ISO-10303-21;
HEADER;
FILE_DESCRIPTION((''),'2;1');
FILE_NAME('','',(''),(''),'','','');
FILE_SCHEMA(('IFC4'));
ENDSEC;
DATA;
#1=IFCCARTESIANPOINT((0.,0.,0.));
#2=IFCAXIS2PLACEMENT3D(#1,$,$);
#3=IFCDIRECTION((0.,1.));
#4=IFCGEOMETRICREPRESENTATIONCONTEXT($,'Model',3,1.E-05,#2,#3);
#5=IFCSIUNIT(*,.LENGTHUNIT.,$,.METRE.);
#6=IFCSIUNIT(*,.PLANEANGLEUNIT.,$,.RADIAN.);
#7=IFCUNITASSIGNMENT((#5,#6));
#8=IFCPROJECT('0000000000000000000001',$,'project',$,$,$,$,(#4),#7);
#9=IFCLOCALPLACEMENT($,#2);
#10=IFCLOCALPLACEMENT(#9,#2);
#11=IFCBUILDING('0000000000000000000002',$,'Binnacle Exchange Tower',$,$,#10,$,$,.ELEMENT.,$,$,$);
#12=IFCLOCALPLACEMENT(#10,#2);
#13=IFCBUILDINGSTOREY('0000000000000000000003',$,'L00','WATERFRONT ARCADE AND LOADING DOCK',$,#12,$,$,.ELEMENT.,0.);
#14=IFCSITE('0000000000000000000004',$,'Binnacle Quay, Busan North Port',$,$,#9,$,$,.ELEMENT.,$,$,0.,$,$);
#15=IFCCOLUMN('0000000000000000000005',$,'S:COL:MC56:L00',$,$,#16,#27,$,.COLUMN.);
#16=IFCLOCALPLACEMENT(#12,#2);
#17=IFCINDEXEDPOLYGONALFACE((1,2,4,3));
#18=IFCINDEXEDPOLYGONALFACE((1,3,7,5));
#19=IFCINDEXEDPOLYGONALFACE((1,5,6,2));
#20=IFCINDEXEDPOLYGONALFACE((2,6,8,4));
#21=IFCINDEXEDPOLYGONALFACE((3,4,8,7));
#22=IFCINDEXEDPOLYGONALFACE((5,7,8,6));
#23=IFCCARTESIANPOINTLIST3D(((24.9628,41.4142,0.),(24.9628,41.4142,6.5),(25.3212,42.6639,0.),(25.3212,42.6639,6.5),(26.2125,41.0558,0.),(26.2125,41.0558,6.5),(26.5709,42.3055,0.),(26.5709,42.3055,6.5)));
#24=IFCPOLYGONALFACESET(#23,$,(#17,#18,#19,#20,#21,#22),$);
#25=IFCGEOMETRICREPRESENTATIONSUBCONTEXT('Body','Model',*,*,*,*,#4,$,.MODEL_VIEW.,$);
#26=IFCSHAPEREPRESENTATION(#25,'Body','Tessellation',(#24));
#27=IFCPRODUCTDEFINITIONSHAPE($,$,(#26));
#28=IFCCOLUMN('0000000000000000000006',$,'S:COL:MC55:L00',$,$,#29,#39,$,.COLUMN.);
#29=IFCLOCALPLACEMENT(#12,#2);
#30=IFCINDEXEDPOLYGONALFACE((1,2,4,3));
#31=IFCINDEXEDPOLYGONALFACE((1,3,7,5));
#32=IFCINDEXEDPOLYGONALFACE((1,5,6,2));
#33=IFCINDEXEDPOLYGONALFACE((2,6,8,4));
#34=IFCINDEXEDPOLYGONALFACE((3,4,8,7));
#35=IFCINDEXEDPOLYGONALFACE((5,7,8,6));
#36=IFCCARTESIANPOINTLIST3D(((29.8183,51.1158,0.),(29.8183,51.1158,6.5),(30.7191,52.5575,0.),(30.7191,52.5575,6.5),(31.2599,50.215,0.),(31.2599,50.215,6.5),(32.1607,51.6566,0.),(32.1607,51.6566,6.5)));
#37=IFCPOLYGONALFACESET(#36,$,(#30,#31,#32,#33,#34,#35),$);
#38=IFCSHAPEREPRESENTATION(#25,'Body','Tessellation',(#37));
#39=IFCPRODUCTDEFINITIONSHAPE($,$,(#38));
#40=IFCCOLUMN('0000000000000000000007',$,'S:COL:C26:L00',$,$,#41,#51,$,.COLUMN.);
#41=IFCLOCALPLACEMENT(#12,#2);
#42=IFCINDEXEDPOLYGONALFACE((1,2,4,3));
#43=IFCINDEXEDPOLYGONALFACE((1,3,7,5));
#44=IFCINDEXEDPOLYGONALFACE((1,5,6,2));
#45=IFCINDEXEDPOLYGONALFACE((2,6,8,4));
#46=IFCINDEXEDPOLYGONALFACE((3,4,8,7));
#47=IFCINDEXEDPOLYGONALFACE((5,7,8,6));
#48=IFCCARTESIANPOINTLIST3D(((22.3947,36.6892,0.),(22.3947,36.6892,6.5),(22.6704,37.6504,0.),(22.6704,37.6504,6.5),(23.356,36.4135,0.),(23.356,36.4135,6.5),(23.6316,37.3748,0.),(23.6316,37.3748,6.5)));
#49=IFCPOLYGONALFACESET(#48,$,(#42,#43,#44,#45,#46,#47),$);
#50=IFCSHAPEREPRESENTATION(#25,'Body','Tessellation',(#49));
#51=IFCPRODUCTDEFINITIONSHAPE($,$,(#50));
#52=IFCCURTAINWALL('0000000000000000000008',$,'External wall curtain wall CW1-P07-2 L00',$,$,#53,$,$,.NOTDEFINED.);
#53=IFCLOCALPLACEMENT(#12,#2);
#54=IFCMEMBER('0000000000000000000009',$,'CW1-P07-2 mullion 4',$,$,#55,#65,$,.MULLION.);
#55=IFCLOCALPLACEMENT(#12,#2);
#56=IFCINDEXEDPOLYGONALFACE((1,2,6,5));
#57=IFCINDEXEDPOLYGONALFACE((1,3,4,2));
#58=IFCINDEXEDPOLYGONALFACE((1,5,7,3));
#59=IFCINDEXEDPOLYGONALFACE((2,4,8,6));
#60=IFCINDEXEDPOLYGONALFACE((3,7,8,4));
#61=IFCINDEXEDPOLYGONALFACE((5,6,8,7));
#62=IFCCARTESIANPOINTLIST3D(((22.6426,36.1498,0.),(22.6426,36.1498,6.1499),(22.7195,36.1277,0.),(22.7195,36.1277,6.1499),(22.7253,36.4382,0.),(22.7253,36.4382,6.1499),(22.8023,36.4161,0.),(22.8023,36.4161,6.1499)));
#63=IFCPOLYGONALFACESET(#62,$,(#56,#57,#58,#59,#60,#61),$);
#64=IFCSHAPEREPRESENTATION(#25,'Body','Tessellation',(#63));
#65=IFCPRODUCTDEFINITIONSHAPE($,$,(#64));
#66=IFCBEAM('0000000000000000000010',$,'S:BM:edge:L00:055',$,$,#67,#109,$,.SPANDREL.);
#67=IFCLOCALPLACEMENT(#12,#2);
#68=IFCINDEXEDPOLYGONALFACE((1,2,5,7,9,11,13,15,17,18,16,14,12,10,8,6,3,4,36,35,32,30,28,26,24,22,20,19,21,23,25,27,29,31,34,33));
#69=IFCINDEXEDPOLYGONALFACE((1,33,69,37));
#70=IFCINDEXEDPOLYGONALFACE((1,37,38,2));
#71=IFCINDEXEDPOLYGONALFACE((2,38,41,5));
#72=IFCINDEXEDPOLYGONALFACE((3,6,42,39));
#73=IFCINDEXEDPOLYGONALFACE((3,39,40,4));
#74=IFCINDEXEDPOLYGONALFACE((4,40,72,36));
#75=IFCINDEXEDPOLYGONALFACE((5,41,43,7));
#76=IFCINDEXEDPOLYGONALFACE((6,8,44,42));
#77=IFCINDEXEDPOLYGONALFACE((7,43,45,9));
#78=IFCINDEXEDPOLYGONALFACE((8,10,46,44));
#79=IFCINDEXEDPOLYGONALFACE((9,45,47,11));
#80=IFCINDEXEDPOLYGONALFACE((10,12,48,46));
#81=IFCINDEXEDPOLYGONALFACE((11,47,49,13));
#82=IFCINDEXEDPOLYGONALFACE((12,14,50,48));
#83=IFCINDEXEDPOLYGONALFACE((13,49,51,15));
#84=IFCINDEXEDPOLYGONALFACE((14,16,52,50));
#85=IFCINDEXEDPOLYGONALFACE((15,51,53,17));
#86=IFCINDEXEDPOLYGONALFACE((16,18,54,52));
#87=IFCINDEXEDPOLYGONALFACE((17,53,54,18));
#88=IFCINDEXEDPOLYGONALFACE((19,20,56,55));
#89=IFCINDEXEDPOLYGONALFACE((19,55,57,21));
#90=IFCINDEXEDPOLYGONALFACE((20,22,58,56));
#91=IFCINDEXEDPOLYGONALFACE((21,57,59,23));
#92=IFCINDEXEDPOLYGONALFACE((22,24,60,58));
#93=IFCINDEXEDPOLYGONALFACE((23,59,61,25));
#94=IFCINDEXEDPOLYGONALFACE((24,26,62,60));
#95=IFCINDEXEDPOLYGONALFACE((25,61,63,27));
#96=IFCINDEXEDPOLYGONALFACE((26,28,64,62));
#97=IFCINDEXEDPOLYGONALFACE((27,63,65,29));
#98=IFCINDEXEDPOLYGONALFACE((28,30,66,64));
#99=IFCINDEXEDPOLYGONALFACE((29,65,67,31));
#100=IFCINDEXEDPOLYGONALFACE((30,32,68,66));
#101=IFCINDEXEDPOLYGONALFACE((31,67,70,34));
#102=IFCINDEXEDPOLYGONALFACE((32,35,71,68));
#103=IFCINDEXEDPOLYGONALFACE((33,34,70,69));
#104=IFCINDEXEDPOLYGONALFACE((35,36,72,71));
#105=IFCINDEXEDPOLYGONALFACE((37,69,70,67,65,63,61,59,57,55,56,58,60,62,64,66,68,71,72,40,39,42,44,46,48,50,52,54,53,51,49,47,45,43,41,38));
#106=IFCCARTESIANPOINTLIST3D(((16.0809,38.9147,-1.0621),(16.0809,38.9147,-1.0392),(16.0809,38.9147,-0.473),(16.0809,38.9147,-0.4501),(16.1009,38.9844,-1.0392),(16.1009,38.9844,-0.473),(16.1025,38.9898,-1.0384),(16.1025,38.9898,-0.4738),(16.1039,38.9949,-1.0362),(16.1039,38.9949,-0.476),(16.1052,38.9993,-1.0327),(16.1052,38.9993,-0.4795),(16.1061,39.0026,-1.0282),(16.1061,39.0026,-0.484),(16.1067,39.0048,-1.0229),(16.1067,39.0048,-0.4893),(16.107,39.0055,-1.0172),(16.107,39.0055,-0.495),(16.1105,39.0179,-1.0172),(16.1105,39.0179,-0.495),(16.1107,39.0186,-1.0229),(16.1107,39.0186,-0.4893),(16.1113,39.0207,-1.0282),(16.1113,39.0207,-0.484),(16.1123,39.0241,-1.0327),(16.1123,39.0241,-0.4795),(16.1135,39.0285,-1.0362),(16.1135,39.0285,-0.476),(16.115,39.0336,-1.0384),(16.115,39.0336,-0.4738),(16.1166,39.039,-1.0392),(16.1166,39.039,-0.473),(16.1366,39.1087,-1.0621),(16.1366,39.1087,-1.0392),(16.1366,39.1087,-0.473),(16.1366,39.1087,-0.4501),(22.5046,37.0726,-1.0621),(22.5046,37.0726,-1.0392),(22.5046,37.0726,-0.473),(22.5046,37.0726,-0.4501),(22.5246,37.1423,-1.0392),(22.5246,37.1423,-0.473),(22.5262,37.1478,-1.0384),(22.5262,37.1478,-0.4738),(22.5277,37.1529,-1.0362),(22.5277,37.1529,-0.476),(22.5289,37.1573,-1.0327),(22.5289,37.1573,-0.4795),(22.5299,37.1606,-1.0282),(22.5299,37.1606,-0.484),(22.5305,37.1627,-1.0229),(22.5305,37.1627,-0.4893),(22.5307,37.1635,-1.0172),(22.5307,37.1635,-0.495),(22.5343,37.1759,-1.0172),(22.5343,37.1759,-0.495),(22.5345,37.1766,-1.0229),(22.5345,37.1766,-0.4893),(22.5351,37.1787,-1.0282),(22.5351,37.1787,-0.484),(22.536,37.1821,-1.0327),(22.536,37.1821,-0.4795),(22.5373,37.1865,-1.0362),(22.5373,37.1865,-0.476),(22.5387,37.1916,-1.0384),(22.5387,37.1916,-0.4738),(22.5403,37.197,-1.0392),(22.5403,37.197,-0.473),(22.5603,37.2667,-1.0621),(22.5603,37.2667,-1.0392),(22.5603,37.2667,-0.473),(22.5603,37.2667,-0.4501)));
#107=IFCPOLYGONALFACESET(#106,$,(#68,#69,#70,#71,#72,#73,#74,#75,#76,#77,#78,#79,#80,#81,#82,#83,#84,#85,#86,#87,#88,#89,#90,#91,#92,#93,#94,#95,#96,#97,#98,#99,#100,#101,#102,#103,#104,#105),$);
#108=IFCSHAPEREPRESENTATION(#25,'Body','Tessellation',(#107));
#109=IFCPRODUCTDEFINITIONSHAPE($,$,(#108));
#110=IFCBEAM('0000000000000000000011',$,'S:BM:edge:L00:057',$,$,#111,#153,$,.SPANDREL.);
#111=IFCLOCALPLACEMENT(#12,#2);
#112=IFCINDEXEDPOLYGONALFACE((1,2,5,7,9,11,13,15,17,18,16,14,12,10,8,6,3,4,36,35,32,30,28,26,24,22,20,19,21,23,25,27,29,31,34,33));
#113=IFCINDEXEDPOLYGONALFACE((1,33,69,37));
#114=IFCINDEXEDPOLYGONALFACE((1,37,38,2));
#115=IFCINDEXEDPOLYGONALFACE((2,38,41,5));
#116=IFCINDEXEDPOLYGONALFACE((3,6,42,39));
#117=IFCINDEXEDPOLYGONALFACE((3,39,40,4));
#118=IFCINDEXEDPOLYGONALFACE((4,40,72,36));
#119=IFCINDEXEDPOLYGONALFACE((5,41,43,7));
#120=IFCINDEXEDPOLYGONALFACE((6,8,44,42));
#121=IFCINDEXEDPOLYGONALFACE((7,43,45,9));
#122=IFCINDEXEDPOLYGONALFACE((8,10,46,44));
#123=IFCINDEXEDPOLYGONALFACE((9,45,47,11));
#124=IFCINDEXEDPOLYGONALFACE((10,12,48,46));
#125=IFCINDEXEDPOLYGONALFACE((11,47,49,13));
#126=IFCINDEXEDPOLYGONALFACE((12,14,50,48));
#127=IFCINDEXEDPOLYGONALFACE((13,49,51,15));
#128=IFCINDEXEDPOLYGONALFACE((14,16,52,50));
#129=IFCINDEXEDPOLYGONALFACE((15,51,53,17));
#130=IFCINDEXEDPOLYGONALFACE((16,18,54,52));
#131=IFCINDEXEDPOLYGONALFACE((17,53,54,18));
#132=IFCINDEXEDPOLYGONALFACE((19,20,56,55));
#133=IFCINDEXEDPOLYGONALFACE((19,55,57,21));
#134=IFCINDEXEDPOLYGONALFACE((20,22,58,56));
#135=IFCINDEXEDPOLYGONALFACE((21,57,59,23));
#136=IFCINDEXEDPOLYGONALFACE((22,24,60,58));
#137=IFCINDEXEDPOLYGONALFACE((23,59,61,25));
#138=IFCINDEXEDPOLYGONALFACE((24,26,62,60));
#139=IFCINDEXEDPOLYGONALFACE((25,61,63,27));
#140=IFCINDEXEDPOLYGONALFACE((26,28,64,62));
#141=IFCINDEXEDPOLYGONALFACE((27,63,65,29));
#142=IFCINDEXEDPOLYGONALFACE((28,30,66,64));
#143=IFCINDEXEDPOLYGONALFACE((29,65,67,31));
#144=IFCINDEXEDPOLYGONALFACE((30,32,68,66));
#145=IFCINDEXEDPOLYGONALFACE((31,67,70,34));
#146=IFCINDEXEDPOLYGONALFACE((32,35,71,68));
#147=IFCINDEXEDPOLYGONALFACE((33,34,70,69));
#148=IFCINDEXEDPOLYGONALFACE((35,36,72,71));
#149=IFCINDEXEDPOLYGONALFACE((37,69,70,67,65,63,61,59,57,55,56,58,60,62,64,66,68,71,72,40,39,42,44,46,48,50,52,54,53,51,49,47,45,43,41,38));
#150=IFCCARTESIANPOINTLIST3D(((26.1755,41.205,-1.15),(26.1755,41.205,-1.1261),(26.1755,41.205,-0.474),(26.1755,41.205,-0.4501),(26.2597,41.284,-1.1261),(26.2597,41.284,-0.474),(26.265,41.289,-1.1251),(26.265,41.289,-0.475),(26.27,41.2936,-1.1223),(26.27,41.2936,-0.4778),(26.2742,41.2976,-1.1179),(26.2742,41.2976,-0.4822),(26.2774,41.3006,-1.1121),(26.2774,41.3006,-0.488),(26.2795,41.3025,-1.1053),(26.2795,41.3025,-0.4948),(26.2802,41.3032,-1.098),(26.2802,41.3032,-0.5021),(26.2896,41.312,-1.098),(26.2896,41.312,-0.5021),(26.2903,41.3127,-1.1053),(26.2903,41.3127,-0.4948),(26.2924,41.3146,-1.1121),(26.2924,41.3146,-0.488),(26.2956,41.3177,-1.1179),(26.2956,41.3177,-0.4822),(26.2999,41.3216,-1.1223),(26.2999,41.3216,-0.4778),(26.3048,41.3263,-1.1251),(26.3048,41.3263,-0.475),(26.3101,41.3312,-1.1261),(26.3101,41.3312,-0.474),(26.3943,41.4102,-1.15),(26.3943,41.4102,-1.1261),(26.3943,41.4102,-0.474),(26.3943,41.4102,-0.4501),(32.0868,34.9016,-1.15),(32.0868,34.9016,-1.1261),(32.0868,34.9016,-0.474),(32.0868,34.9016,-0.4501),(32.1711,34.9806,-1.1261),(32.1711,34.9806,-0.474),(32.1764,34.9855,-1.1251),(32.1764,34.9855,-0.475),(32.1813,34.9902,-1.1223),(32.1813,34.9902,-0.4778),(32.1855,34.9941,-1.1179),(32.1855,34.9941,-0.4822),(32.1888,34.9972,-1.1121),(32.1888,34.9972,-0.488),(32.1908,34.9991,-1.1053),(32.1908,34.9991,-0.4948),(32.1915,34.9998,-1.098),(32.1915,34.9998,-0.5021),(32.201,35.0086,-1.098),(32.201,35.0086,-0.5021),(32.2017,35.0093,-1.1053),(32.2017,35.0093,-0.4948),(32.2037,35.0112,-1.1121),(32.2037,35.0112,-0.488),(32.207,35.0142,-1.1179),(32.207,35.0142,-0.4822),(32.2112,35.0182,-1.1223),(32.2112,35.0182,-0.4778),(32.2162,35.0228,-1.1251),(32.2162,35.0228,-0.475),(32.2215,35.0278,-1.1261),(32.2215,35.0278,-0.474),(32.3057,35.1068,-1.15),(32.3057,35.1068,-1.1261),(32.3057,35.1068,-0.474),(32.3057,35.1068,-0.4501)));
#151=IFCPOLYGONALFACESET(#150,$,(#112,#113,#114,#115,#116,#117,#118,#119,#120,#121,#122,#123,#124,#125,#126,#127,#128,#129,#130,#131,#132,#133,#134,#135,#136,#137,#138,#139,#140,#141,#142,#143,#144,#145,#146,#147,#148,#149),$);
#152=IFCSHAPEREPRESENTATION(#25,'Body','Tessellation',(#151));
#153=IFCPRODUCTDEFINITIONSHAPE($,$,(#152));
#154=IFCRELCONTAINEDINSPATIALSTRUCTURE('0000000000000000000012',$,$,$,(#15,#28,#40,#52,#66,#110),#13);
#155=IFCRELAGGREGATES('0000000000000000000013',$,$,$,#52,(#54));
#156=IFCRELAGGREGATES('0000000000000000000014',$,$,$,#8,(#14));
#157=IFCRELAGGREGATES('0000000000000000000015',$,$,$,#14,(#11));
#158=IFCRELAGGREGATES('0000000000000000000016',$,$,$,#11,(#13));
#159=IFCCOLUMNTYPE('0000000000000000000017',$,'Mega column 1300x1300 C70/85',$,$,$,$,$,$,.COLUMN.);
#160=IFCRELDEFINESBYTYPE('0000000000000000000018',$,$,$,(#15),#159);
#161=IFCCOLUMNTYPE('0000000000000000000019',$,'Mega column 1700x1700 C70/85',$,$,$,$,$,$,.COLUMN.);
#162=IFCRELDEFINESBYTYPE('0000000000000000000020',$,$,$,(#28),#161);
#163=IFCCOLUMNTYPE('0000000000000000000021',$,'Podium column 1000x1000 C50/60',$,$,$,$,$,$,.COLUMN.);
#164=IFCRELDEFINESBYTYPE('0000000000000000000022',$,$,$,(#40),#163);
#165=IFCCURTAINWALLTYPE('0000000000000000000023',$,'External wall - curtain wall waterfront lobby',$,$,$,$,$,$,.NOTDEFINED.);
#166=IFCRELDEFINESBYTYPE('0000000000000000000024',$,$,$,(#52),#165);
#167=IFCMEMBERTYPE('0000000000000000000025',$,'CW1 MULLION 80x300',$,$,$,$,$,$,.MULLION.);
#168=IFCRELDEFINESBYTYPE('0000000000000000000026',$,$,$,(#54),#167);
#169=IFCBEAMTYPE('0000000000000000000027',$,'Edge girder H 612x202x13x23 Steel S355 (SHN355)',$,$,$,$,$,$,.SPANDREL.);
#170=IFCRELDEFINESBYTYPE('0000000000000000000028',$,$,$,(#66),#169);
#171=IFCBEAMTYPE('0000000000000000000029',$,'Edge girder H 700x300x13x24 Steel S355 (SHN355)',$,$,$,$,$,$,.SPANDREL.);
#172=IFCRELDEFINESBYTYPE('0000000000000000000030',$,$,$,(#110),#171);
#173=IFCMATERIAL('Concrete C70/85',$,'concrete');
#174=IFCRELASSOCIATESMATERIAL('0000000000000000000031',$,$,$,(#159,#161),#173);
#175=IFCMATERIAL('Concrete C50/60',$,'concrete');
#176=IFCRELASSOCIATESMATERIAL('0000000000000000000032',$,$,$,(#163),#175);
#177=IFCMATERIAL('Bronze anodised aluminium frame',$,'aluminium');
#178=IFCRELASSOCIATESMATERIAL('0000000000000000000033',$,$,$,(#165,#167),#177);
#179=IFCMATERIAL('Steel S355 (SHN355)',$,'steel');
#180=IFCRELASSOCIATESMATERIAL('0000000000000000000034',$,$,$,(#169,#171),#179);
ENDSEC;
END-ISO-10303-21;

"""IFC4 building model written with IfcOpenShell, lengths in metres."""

from ifc_helpers import new_model, si_unit, direction, frame, origin, origin_2d, place, context, subcontext, project, spatial, rectangle, i_section, extrude, material, material_profile, profile_set, type_object, element, aggregate, save


model = new_model("IFC4")

# Units and contexts
model_context = context("Model", 3, precision=1e-05, world=origin(), true_north=direction((0.0, 1.0)))
body_context = subcontext(model_context, "Body", "Model", "MODEL_VIEW")
ifc_project = project(units=[si_unit("LENGTHUNIT", "METRE"), si_unit("PLANEANGLEUNIT", "RADIAN")], contexts=[model_context])

# Site, building, storey
site_placement = place(None, origin())
site = spatial("IfcSite", under=ifc_project, at=site_placement, Name="Binnacle Quay, Busan North Port", CompositionType="ELEMENT", RefElevation=0.0)
building_placement = place(site_placement, origin())
building = spatial("IfcBuilding", under=site, at=building_placement, Name="Binnacle Exchange Tower", CompositionType="ELEMENT")
storey_placement = place(building_placement, origin())
storey = spatial("IfcBuildingStorey", under=building, at=storey_placement, Name="L00", Description="WATERFRONT ARCADE AND LOADING DOCK", CompositionType="ELEMENT", Elevation=0.0)

# Columns
ifc_material_1 = material(Name="Concrete C70/85", Category="concrete")
ifc_material_profile_1 = material_profile(ifc_material_1, rectangle(XDim=1.3, YDim=1.3, at=origin_2d()), Name="Mega column 1300x1300 C70/85")
ifc_profile_set_1 = profile_set([ifc_material_profile_1], Name="Concrete C70/85")
column_type_1 = type_object("IfcColumnType", Name="Mega column 1300x1300 C70/85", PredefinedType="COLUMN", material=ifc_profile_set_1)
column_1_placement = place(storey_placement, frame((25.7668, 41.8599, 0.0), z_axis=(0.0, 0.0, 1.0), x_axis=(0.961262, -0.275637, 0.0)))
element("IfcColumn", 1, at=column_1_placement, inside=storey, type_object=column_type_1, Name="S:COL:MC56:L00", PredefinedType="COLUMN", context=body_context, shape_type="SweptSolid", body=[
    extrude(rectangle(XDim=1.3, YDim=1.3, at=origin_2d()), origin(), (0.0, 0.0, 1.0), 6.5),
])
ifc_material_profile_2 = material_profile(ifc_material_1, rectangle(XDim=1.7, YDim=1.7, at=origin_2d()), Name="Mega column 1700x1700 C70/85")
ifc_profile_set_2 = profile_set([ifc_material_profile_2], Name="Concrete C70/85")
column_type_2 = type_object("IfcColumnType", Name="Mega column 1700x1700 C70/85", PredefinedType="COLUMN", material=ifc_profile_set_2)
column_2_placement = place(storey_placement, frame((30.9895, 51.3862, 0.0), z_axis=(0.0, 0.0, 1.0), x_axis=(0.529919, 0.848048, 0.0)))
element("IfcColumn", 2, at=column_2_placement, inside=storey, type_object=column_type_2, Name="S:COL:MC55:L00", PredefinedType="COLUMN", context=body_context, shape_type="SweptSolid", body=[
    extrude(rectangle(XDim=1.7, YDim=1.7, at=origin_2d()), origin(), (0.0, 0.0, 1.0), 6.5),
])
ifc_material_2 = material(Name="Concrete C50/60", Category="concrete")
ifc_material_profile_3 = material_profile(ifc_material_2, rectangle(XDim=1.0, YDim=1.0, at=origin_2d()), Name="Podium column 1000x1000 C50/60")
ifc_profile_set_3 = profile_set([ifc_material_profile_3], Name="Concrete C50/60")
column_type_3 = type_object("IfcColumnType", Name="Podium column 1000x1000 C50/60", PredefinedType="COLUMN", material=ifc_profile_set_3)
column_3_placement = place(storey_placement, frame((23.0132, 37.032, 0.0), z_axis=(0.0, 0.0, 1.0), x_axis=(0.961262, -0.275637, 0.0)))
element("IfcColumn", 3, at=column_3_placement, inside=storey, type_object=column_type_3, Name="S:COL:C26:L00", PredefinedType="COLUMN", context=body_context, shape_type="SweptSolid", body=[
    extrude(rectangle(XDim=1.0, YDim=1.0, at=origin_2d()), origin(), (0.0, 0.0, 1.0), 6.5),
])

# Curtain wall, member
ifc_material_3 = material(Name="Bronze anodised aluminium frame", Category="aluminium")
curtain_wall_type = type_object("IfcCurtainWallType", Name="External wall - curtain wall waterfront lobby", PredefinedType="NOTDEFINED", material=ifc_material_3)
curtain_wall_placement = place(storey_placement, origin())
curtain_wall = element("IfcCurtainWall", 4, at=curtain_wall_placement, inside=storey, type_object=curtain_wall_type, Name="External wall curtain wall CW1-P07-2 L00", PredefinedType="NOTDEFINED")
ifc_material_profile_4 = material_profile(ifc_material_3, rectangle(XDim=0.3, YDim=0.0801, at=origin_2d()), Name="AL 80x300")
ifc_profile_set_4 = profile_set([ifc_material_profile_4], Name="Bronze anodised aluminium frame")
member_type = type_object("IfcMemberType", Name="CW1 MULLION 80x300", PredefinedType="MULLION", material=ifc_profile_set_4)
member_placement = place(storey_placement, frame((22.7224, 36.283, 0.0), z_axis=(0.0, 0.0, 1.0), x_axis=(0.275637, 0.961262, 0.0)))
member = element("IfcMember", 5, at=member_placement, type_object=member_type, Name="CW1-P07-2 mullion 4", PredefinedType="MULLION", context=body_context, shape_type="SweptSolid", body=[
    extrude(rectangle(XDim=0.3, YDim=0.0801, at=origin_2d()), origin(), (0.0, 0.0, 1.0), 6.1499),
])

# Beams
ifc_material_4 = material(Name="Steel S355 (SHN355)", Category="steel")
ifc_material_profile_5 = material_profile(ifc_material_4, i_section(OverallWidth=0.2019, OverallDepth=0.6121, WebThickness=0.0129, FlangeThickness=0.0229, FilletRadius=0.022, at=origin_2d()), Name="H 612x202x13x23")
ifc_profile_set_5 = profile_set([ifc_material_profile_5], Name="Steel S355 (SHN355)")
beam_type_1 = type_object("IfcBeamType", Name="Edge girder H 612x202x13x23 Steel S355 (SHN355)", PredefinedType="SPANDREL", material=ifc_profile_set_5)
beam_1_placement = place(storey_placement, frame((22.5325, 37.1697, -0.7561), z_axis=(-0.96126, 0.275643, 0.0), x_axis=(-0.275643, -0.96126, 0.0)))
element("IfcBeam", 6, at=beam_1_placement, inside=storey, type_object=beam_type_1, Name="S:BM:edge:L00:055", PredefinedType="SPANDREL", context=body_context, shape_type="SweptSolid", body=[
    extrude(i_section(OverallWidth=0.2019, OverallDepth=0.6121, WebThickness=0.0129, FlangeThickness=0.0229, FilletRadius=0.022, at=origin_2d()), origin(), (0.0, 0.0, 1.0), 6.6826),
])
ifc_material_profile_6 = material_profile(ifc_material_4, i_section(OverallWidth=0.3, OverallDepth=0.7, WebThickness=0.0129, FlangeThickness=0.0239, FilletRadius=0.0281, at=origin_2d()), Name="H 700x300x13x24")
ifc_profile_set_6 = profile_set([ifc_material_profile_6], Name="Steel S355 (SHN355)")
beam_type_2 = type_object("IfcBeamType", Name="Edge girder H 700x300x13x24 Steel S355 (SHN355)", PredefinedType="SPANDREL", material=ifc_profile_set_6)
beam_2_placement = place(storey_placement, frame((26.2849, 41.3076, -0.8), z_axis=(0.684057, -0.729429, 0.0), x_axis=(0.729429, 0.684057, 0.0)))
element("IfcBeam", 7, at=beam_2_placement, inside=storey, type_object=beam_type_2, Name="S:BM:edge:L00:057", PredefinedType="SPANDREL", context=body_context, shape_type="SweptSolid", body=[
    extrude(i_section(OverallWidth=0.3, OverallDepth=0.7, WebThickness=0.0129, FlangeThickness=0.0239, FilletRadius=0.0281, at=origin_2d()), origin(), (0.0, 0.0, 1.0), 8.6416),
])

aggregate(curtain_wall, [member])

save(model, "model.ifc")
